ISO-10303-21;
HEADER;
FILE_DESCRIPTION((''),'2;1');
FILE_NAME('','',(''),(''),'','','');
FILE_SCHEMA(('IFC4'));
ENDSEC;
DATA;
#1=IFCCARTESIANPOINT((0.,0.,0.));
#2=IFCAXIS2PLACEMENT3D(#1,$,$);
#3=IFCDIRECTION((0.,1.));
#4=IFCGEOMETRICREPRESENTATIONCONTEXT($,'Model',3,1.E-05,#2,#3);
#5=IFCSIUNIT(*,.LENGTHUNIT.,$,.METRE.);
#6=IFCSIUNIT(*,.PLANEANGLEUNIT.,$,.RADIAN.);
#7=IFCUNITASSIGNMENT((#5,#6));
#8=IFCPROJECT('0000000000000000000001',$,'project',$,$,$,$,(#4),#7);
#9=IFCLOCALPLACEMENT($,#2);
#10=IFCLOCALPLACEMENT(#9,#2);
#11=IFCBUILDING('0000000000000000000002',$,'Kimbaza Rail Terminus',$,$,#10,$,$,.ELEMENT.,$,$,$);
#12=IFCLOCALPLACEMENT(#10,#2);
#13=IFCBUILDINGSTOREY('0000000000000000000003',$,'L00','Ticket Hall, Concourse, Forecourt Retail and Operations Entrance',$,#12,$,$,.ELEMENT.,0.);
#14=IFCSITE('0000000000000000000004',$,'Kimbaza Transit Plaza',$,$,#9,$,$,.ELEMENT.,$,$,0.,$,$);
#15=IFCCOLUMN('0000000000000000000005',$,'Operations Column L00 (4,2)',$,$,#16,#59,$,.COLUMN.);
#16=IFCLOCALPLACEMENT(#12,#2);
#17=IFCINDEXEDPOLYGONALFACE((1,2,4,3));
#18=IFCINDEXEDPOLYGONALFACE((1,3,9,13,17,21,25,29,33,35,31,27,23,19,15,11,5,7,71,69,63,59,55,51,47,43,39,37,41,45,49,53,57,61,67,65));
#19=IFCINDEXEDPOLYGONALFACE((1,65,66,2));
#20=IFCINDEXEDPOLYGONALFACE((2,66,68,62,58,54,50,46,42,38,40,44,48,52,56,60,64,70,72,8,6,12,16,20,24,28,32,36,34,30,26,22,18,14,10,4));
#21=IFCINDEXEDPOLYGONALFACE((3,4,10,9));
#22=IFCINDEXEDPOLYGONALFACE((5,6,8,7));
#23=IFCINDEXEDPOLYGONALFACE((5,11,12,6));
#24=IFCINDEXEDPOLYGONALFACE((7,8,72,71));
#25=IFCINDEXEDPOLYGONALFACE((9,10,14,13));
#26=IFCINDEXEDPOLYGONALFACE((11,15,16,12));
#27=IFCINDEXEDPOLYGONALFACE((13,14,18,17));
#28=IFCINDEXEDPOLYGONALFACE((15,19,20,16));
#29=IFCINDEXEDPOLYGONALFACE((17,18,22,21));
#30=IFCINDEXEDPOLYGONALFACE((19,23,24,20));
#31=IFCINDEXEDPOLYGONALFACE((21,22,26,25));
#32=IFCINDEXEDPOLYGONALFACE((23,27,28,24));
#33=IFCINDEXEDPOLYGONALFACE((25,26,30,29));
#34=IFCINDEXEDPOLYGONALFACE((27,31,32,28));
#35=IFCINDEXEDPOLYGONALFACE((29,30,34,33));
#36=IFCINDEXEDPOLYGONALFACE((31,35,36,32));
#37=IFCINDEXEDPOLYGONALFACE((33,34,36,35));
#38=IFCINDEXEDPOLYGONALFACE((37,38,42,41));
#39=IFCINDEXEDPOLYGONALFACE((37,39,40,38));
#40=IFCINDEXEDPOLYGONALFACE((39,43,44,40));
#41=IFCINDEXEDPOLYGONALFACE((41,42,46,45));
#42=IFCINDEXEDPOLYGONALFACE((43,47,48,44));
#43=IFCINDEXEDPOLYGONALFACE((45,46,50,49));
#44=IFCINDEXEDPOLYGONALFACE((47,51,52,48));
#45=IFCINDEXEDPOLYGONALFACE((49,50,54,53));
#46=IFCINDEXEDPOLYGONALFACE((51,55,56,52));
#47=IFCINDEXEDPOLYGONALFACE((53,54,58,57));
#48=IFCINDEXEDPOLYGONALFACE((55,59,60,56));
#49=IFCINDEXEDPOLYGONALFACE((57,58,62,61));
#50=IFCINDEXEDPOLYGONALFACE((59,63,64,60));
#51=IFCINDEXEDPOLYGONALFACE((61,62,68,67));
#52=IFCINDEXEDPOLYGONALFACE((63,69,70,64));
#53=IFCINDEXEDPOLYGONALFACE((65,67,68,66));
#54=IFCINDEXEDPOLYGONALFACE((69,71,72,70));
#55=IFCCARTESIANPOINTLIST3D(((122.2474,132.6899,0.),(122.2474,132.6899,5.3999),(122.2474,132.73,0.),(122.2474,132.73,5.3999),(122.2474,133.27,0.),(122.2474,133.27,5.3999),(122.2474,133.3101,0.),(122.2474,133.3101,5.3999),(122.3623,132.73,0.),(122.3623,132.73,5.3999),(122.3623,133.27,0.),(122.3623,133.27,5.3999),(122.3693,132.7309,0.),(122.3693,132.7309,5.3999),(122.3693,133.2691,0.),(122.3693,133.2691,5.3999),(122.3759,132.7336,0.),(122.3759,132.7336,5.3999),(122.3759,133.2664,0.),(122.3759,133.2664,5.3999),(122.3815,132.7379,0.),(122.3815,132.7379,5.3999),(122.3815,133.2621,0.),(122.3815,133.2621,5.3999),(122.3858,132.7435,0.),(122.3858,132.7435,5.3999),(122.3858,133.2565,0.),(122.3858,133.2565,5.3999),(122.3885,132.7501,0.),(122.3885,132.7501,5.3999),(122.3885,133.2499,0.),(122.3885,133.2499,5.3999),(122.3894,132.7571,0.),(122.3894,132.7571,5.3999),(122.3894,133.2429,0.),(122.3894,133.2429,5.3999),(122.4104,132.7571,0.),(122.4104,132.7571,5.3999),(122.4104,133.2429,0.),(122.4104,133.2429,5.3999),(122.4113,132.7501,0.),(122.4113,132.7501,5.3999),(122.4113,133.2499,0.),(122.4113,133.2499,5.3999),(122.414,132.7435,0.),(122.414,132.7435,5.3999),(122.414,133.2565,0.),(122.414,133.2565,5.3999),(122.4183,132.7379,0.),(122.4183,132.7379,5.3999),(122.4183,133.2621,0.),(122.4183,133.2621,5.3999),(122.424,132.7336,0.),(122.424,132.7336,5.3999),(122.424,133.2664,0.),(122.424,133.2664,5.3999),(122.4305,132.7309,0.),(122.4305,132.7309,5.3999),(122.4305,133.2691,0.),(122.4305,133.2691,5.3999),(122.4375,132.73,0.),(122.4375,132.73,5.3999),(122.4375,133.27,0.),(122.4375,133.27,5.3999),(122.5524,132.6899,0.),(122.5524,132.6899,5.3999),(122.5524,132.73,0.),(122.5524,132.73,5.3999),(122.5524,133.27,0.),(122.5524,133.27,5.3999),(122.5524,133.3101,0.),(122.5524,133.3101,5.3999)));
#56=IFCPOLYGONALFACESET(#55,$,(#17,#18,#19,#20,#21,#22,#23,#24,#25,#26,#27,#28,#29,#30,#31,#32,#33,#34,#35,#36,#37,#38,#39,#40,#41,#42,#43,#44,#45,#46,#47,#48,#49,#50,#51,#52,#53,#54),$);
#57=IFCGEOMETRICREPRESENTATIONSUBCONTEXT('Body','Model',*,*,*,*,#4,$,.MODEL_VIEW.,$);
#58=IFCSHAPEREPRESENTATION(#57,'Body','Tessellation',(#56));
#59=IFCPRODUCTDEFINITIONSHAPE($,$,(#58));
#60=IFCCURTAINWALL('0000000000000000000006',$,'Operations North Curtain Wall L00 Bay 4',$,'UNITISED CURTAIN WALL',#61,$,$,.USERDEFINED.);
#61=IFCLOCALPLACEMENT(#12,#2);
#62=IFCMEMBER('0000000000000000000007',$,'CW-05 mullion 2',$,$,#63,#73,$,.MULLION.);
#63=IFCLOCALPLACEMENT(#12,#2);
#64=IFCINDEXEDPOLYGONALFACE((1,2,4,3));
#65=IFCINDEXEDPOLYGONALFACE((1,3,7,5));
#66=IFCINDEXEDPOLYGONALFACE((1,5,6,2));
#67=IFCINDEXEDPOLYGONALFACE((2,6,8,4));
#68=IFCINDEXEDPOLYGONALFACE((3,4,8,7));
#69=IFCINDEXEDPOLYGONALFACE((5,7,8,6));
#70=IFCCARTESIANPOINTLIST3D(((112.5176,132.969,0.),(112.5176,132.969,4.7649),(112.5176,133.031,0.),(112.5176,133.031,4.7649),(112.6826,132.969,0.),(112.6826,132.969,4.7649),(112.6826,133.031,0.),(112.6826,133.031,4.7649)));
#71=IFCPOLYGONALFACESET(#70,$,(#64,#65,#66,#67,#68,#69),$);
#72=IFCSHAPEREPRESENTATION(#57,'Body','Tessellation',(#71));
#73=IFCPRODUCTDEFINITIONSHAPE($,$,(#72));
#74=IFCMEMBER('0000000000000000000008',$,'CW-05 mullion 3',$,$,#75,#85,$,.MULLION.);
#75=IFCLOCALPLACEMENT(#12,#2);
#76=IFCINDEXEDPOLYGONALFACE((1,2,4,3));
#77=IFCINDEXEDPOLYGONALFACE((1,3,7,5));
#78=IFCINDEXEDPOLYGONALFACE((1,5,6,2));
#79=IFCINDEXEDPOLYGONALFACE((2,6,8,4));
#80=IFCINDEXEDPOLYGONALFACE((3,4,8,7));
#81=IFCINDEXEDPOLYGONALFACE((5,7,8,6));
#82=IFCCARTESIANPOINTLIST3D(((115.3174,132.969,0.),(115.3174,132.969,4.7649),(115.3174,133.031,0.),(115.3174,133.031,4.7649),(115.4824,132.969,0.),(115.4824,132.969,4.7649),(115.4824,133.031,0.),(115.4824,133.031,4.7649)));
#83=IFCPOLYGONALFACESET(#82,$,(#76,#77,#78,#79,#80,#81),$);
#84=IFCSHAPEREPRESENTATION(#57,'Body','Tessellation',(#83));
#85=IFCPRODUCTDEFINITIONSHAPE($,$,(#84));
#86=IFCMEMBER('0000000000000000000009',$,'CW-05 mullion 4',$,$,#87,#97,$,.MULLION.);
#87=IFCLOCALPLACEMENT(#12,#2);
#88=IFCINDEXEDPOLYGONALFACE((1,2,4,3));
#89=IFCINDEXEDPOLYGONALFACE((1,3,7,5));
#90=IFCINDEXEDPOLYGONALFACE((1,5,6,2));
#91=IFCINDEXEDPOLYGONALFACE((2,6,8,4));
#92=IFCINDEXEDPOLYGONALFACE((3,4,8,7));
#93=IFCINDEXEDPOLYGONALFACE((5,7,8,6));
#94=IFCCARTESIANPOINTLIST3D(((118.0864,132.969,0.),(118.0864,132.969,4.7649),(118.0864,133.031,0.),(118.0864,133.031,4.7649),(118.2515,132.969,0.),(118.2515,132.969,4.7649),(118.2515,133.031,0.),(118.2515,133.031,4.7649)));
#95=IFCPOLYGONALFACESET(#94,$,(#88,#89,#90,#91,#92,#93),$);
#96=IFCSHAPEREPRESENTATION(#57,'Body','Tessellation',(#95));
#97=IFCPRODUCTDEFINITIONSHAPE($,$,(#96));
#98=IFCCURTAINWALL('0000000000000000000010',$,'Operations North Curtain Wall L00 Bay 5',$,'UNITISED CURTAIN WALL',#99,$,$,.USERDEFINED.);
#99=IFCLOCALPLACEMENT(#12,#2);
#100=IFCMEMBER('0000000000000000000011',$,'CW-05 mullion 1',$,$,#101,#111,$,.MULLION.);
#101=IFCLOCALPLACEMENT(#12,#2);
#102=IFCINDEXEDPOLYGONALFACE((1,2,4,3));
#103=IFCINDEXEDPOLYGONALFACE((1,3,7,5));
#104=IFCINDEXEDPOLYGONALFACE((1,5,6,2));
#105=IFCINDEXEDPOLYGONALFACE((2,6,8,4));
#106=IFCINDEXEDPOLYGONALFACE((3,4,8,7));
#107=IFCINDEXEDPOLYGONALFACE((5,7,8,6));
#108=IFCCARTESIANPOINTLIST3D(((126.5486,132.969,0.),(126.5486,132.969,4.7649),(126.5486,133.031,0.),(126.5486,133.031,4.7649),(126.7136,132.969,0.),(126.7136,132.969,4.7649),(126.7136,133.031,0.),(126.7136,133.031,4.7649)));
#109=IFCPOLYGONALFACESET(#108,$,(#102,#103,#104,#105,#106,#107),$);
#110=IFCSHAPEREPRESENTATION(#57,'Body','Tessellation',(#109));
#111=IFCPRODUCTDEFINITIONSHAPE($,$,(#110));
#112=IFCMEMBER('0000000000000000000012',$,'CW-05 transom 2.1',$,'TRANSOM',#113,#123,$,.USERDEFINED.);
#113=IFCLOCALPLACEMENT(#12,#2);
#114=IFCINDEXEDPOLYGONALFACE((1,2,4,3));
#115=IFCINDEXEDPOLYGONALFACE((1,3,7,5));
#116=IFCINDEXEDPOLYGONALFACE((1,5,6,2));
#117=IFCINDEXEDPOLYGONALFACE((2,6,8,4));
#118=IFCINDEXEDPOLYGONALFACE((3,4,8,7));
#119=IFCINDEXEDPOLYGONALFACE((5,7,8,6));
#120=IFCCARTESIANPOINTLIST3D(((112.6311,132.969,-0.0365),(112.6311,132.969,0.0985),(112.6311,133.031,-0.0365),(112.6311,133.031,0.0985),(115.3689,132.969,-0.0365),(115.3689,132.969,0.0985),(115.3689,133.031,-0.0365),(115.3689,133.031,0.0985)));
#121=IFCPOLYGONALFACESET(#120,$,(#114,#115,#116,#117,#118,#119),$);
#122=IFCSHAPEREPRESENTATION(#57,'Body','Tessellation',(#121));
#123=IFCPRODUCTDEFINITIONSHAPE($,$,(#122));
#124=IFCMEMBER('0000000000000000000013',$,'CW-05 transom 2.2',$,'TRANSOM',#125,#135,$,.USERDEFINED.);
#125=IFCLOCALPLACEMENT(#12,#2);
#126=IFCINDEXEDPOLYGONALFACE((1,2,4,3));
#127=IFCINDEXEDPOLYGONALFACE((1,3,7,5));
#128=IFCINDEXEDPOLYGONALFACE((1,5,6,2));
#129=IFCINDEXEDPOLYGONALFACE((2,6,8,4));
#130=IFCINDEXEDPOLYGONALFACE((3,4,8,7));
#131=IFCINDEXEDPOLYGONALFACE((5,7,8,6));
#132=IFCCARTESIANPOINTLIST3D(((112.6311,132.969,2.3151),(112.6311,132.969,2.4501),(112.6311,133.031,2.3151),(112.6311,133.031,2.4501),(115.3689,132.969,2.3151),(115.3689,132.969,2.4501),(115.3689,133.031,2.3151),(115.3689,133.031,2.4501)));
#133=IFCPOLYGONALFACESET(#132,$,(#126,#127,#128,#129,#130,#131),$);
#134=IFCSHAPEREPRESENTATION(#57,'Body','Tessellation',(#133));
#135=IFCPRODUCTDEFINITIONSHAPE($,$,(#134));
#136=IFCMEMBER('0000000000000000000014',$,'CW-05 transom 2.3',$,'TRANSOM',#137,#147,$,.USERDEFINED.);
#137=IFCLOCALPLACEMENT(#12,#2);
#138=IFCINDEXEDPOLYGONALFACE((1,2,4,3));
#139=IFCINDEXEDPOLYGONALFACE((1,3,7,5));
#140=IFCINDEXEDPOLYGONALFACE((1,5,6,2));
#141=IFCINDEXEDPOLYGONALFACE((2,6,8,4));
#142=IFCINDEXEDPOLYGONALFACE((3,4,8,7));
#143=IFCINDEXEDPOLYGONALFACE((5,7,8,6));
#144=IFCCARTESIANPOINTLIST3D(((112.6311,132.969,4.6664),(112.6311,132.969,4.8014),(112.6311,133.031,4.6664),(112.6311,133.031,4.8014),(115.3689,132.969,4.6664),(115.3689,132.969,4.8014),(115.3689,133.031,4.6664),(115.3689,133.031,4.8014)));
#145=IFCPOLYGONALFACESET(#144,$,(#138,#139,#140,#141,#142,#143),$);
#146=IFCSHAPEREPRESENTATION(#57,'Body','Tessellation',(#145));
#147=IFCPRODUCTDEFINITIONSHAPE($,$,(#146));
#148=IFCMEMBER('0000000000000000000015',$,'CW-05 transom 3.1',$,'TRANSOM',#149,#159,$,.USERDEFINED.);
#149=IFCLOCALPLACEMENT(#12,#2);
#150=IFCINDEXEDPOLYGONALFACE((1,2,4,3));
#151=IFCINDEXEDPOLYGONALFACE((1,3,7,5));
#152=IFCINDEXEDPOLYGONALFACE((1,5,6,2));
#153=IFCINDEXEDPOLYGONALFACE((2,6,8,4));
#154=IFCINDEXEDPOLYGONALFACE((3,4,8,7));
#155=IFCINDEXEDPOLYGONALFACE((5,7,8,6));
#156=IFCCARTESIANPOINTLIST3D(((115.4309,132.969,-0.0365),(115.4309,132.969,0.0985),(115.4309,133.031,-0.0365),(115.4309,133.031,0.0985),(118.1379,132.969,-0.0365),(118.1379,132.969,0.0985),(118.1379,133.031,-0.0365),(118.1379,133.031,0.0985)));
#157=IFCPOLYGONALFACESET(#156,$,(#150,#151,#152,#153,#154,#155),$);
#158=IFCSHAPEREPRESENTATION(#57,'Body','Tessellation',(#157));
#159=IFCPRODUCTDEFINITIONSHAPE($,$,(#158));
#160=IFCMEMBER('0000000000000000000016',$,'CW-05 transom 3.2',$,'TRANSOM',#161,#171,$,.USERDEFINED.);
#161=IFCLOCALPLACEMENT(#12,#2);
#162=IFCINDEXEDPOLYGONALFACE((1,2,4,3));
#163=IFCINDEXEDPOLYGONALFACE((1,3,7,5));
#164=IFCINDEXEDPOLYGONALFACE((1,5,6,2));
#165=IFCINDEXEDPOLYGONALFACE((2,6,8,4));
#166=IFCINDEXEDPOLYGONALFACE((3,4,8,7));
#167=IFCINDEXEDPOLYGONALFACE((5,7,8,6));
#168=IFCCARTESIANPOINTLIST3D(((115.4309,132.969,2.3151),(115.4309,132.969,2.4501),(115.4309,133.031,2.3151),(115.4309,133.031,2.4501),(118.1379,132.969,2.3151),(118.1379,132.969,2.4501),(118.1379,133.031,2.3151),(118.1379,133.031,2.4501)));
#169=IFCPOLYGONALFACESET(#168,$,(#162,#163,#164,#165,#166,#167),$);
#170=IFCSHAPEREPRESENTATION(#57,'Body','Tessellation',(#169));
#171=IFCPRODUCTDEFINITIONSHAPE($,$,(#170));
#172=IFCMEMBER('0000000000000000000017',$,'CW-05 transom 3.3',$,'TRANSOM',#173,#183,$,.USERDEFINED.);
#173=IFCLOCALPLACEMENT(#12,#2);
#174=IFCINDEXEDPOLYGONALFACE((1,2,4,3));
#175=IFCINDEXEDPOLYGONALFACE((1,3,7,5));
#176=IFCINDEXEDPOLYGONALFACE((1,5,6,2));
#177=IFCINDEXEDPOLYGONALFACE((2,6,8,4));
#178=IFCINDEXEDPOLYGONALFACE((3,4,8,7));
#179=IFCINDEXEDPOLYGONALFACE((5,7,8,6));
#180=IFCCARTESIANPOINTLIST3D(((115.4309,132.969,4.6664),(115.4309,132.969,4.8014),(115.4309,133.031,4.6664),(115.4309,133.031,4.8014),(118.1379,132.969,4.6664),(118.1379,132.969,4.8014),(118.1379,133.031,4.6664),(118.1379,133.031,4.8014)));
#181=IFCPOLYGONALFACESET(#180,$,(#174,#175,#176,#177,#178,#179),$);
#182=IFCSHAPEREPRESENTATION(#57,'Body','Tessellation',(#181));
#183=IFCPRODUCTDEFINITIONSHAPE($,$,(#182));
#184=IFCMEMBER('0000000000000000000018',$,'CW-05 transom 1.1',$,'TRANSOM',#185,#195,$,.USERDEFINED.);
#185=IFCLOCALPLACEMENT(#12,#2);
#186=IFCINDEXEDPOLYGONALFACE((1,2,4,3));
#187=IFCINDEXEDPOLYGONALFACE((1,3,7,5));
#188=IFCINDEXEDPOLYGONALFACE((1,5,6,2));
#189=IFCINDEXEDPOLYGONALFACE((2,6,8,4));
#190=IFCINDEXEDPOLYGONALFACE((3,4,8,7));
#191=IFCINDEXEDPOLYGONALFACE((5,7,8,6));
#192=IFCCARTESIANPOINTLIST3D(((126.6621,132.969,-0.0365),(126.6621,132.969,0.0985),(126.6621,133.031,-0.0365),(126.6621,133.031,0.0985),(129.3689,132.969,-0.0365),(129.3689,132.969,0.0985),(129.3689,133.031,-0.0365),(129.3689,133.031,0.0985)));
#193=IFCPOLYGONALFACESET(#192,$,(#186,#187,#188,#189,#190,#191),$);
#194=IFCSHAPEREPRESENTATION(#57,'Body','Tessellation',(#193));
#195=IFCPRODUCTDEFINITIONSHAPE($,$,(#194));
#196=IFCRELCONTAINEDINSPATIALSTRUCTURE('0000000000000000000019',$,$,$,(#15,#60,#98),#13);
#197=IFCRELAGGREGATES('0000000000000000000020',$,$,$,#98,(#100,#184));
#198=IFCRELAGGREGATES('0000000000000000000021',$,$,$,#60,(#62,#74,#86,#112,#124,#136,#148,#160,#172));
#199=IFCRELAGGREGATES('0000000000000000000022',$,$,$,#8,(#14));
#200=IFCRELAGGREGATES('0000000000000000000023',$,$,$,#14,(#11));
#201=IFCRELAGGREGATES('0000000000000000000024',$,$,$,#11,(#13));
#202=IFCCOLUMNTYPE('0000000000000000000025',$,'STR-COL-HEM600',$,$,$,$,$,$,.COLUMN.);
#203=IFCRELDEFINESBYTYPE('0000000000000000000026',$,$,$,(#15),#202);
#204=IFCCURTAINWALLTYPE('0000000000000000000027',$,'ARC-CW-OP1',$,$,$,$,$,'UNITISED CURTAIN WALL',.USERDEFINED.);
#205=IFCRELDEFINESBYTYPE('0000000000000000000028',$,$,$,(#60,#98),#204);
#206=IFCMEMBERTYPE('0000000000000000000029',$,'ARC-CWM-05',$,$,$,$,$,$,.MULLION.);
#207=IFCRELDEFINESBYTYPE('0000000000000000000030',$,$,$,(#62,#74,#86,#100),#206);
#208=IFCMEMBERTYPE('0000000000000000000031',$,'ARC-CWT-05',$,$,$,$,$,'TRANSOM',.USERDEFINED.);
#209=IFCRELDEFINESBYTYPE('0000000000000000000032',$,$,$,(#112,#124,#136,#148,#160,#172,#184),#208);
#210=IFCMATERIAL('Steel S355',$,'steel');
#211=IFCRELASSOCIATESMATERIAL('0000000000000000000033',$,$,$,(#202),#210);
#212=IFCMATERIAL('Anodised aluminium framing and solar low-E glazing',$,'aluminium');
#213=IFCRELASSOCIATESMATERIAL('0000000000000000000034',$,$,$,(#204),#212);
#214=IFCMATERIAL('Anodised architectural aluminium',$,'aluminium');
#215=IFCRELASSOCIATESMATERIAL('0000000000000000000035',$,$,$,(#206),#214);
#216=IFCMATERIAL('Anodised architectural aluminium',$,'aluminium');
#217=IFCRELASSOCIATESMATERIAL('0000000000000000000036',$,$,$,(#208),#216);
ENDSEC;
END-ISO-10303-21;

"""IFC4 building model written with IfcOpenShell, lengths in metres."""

from ifc_helpers import new_model, si_unit, direction, frame, origin, origin_2d, place, context, subcontext, project, spatial, rectangle, i_section, extrude, material, material_profile, profile_set, type_object, element, aggregate, save


model = new_model("IFC4")

# Units and contexts
model_context = context("Model", 3, precision=1e-05, world=origin(), true_north=direction((0.0, 1.0)))
body_context = subcontext(model_context, "Body", "Model", "MODEL_VIEW")
ifc_project = project(units=[si_unit("LENGTHUNIT", "METRE"), si_unit("PLANEANGLEUNIT", "RADIAN")], contexts=[model_context])

# Site, building, storey
site_placement = place(None, origin())
site = spatial("IfcSite", under=ifc_project, at=site_placement, Name="Kimbaza Transit Plaza", CompositionType="ELEMENT", RefElevation=0.0)
building_placement = place(site_placement, origin())
building = spatial("IfcBuilding", under=site, at=building_placement, Name="Kimbaza Rail Terminus", CompositionType="ELEMENT")
storey_placement = place(building_placement, origin())
storey = spatial("IfcBuildingStorey", under=building, at=storey_placement, Name="L00", Description="Ticket Hall, Concourse, Forecourt Retail and Operations Entrance", CompositionType="ELEMENT", Elevation=0.0)

# Column
ifc_material_1 = material(Name="Steel S355", Category="steel")
ifc_material_profile_1 = material_profile(ifc_material_1, i_section(OverallWidth=0.3049, OverallDepth=0.6201, WebThickness=0.021, FlangeThickness=0.04, FilletRadius=0.0271, at=origin_2d()), Name="HEM 600")
ifc_profile_set_1 = profile_set([ifc_material_profile_1], Name="Steel S355")
column_type = type_object("IfcColumnType", Name="STR-COL-HEM600", PredefinedType="COLUMN", material=ifc_profile_set_1)
column_placement = place(storey_placement, frame((122.3999, 133.0, 0.0), z_axis=(0.0, 0.0, 1.0), x_axis=(1.0, 0.0, 0.0)))
element("IfcColumn", 1, at=column_placement, inside=storey, type_object=column_type, Name="Operations Column L00 (4,2)", PredefinedType="COLUMN", context=body_context, shape_type="SweptSolid", body=[
    extrude(i_section(OverallWidth=0.3049, OverallDepth=0.6201, WebThickness=0.021, FlangeThickness=0.04, FilletRadius=0.0271, at=origin_2d()), origin(), (0.0, 0.0, 1.0), 5.3999),
])

# Curtain wall, members
ifc_material_2 = material(Name="Anodised aluminium framing and solar low-E glazing", Category="aluminium")
curtain_wall_type = type_object("IfcCurtainWallType", Name="ARC-CW-OP1", ElementType="UNITISED CURTAIN WALL", PredefinedType="USERDEFINED", material=ifc_material_2)
curtain_wall_1_placement = place(storey_placement, origin())
curtain_wall_1 = element("IfcCurtainWall", 2, at=curtain_wall_1_placement, inside=storey, type_object=curtain_wall_type, Name="Operations North Curtain Wall L00 Bay 4", ObjectType="UNITISED CURTAIN WALL", PredefinedType="USERDEFINED")
ifc_material_3 = material(Name="Anodised architectural aluminium", Category="aluminium")
ifc_material_profile_2 = material_profile(ifc_material_3, rectangle(XDim=0.062, YDim=0.165, at=origin_2d()), Name="MULLION 62x165")
ifc_profile_set_2 = profile_set([ifc_material_profile_2], Name="Anodised architectural aluminium")
member_type_1 = type_object("IfcMemberType", Name="ARC-CWM-05", PredefinedType="MULLION", material=ifc_profile_set_2)
member_1_placement = place(storey_placement, frame((112.6001, 133.0, 0.0), z_axis=(0.0, 0.0, 1.0), x_axis=(0.0, 1.0, 0.0)))
member_1 = element("IfcMember", 3, at=member_1_placement, type_object=member_type_1, Name="CW-05 mullion 2", PredefinedType="MULLION", context=body_context, shape_type="SweptSolid", body=[
    extrude(rectangle(XDim=0.062, YDim=0.165, at=origin_2d()), origin(), (0.0, 0.0, 1.0), 4.7649),
])
member_2_placement = place(storey_placement, frame((115.3999, 133.0, 0.0), z_axis=(0.0, 0.0, 1.0), x_axis=(0.0, 1.0, 0.0)))
member_2 = element("IfcMember", 4, at=member_2_placement, type_object=member_type_1, Name="CW-05 mullion 3", PredefinedType="MULLION", context=body_context, shape_type="SweptSolid", body=[
    extrude(rectangle(XDim=0.062, YDim=0.165, at=origin_2d()), origin(), (0.0, 0.0, 1.0), 4.7649),
])
member_3_placement = place(storey_placement, frame((118.1689, 133.0, 0.0), z_axis=(0.0, 0.0, 1.0), x_axis=(0.0, 1.0, 0.0)))
member_3 = element("IfcMember", 5, at=member_3_placement, type_object=member_type_1, Name="CW-05 mullion 4", PredefinedType="MULLION", context=body_context, shape_type="SweptSolid", body=[
    extrude(rectangle(XDim=0.062, YDim=0.165, at=origin_2d()), origin(), (0.0, 0.0, 1.0), 4.7649),
])

# Curtain wall, member
curtain_wall_2_placement = place(storey_placement, origin())
curtain_wall_2 = element("IfcCurtainWall", 6, at=curtain_wall_2_placement, inside=storey, type_object=curtain_wall_type, Name="Operations North Curtain Wall L00 Bay 5", ObjectType="UNITISED CURTAIN WALL", PredefinedType="USERDEFINED")
member_4_placement = place(storey_placement, frame((126.6311, 133.0, 0.0), z_axis=(0.0, 0.0, 1.0), x_axis=(0.0, 1.0, 0.0)))
member_4 = element("IfcMember", 7, at=member_4_placement, type_object=member_type_1, Name="CW-05 mullion 1", PredefinedType="MULLION", context=body_context, shape_type="SweptSolid", body=[
    extrude(rectangle(XDim=0.062, YDim=0.165, at=origin_2d()), origin(), (0.0, 0.0, 1.0), 4.7649),
])

# Members
ifc_material_4 = material(Name="Anodised architectural aluminium", Category="aluminium")
ifc_material_profile_3 = material_profile(ifc_material_4, rectangle(XDim=0.062, YDim=0.135, at=origin_2d()), Name="TRANSOM 62x135")
ifc_profile_set_3 = profile_set([ifc_material_profile_3], Name="Anodised architectural aluminium")
member_type_2 = type_object("IfcMemberType", Name="ARC-CWT-05", ElementType="TRANSOM", PredefinedType="USERDEFINED", material=ifc_profile_set_3)
member_5_placement = place(storey_placement, frame((112.6311, 133.0, 0.031), z_axis=(1.0, 0.0, 0.0), x_axis=(0.0, 1.0, 0.0)))
member_5 = element("IfcMember", 8, at=member_5_placement, type_object=member_type_2, Name="CW-05 transom 2.1", ObjectType="TRANSOM", PredefinedType="USERDEFINED", context=body_context, shape_type="SweptSolid", body=[
    extrude(rectangle(XDim=0.062, YDim=0.135, at=origin_2d()), origin(), (0.0, 0.0, 1.0), 2.7378),
])
member_6_placement = place(storey_placement, frame((112.6311, 133.0, 2.3826), z_axis=(1.0, 0.0, 0.0), x_axis=(0.0, 1.0, 0.0)))
member_6 = element("IfcMember", 9, at=member_6_placement, type_object=member_type_2, Name="CW-05 transom 2.2", ObjectType="TRANSOM", PredefinedType="USERDEFINED", context=body_context, shape_type="SweptSolid", body=[
    extrude(rectangle(XDim=0.062, YDim=0.135, at=origin_2d()), origin(), (0.0, 0.0, 1.0), 2.7378),
])
member_7_placement = place(storey_placement, frame((112.6311, 133.0, 4.7339), z_axis=(1.0, 0.0, 0.0), x_axis=(0.0, 1.0, 0.0)))
member_7 = element("IfcMember", 10, at=member_7_placement, type_object=member_type_2, Name="CW-05 transom 2.3", ObjectType="TRANSOM", PredefinedType="USERDEFINED", context=body_context, shape_type="SweptSolid", body=[
    extrude(rectangle(XDim=0.062, YDim=0.135, at=origin_2d()), origin(), (0.0, 0.0, 1.0), 2.7378),
])
member_8_placement = place(storey_placement, frame((115.4309, 133.0, 0.031), z_axis=(1.0, 0.0, 0.0), x_axis=(0.0, 1.0, 0.0)))
member_8 = element("IfcMember", 11, at=member_8_placement, type_object=member_type_2, Name="CW-05 transom 3.1", ObjectType="TRANSOM", PredefinedType="USERDEFINED", context=body_context, shape_type="SweptSolid", body=[
    extrude(rectangle(XDim=0.062, YDim=0.135, at=origin_2d()), origin(), (0.0, 0.0, 1.0), 2.707),
])
member_9_placement = place(storey_placement, frame((115.4309, 133.0, 2.3826), z_axis=(1.0, 0.0, 0.0), x_axis=(0.0, 1.0, 0.0)))
member_9 = element("IfcMember", 12, at=member_9_placement, type_object=member_type_2, Name="CW-05 transom 3.2", ObjectType="TRANSOM", PredefinedType="USERDEFINED", context=body_context, shape_type="SweptSolid", body=[
    extrude(rectangle(XDim=0.062, YDim=0.135, at=origin_2d()), origin(), (0.0, 0.0, 1.0), 2.707),
])
member_10_placement = place(storey_placement, frame((115.4309, 133.0, 4.7339), z_axis=(1.0, 0.0, 0.0), x_axis=(0.0, 1.0, 0.0)))
member_10 = element("IfcMember", 13, at=member_10_placement, type_object=member_type_2, Name="CW-05 transom 3.3", ObjectType="TRANSOM", PredefinedType="USERDEFINED", context=body_context, shape_type="SweptSolid", body=[
    extrude(rectangle(XDim=0.062, YDim=0.135, at=origin_2d()), origin(), (0.0, 0.0, 1.0), 2.707),
])
member_11_placement = place(storey_placement, frame((126.6621, 133.0, 0.031), z_axis=(1.0, 0.0, 0.0), x_axis=(0.0, 1.0, 0.0)))
member_11 = element("IfcMember", 14, at=member_11_placement, type_object=member_type_2, Name="CW-05 transom 1.1", ObjectType="TRANSOM", PredefinedType="USERDEFINED", context=body_context, shape_type="SweptSolid", body=[
    extrude(rectangle(XDim=0.062, YDim=0.135, at=origin_2d()), origin(), (0.0, 0.0, 1.0), 2.7068),
])
aggregate(curtain_wall_2, [member_4, member_11])

aggregate(curtain_wall_1, [member_1, member_2, member_3, member_5, member_6, member_7, member_8, member_9, member_10])

save(model, "model.ifc")
